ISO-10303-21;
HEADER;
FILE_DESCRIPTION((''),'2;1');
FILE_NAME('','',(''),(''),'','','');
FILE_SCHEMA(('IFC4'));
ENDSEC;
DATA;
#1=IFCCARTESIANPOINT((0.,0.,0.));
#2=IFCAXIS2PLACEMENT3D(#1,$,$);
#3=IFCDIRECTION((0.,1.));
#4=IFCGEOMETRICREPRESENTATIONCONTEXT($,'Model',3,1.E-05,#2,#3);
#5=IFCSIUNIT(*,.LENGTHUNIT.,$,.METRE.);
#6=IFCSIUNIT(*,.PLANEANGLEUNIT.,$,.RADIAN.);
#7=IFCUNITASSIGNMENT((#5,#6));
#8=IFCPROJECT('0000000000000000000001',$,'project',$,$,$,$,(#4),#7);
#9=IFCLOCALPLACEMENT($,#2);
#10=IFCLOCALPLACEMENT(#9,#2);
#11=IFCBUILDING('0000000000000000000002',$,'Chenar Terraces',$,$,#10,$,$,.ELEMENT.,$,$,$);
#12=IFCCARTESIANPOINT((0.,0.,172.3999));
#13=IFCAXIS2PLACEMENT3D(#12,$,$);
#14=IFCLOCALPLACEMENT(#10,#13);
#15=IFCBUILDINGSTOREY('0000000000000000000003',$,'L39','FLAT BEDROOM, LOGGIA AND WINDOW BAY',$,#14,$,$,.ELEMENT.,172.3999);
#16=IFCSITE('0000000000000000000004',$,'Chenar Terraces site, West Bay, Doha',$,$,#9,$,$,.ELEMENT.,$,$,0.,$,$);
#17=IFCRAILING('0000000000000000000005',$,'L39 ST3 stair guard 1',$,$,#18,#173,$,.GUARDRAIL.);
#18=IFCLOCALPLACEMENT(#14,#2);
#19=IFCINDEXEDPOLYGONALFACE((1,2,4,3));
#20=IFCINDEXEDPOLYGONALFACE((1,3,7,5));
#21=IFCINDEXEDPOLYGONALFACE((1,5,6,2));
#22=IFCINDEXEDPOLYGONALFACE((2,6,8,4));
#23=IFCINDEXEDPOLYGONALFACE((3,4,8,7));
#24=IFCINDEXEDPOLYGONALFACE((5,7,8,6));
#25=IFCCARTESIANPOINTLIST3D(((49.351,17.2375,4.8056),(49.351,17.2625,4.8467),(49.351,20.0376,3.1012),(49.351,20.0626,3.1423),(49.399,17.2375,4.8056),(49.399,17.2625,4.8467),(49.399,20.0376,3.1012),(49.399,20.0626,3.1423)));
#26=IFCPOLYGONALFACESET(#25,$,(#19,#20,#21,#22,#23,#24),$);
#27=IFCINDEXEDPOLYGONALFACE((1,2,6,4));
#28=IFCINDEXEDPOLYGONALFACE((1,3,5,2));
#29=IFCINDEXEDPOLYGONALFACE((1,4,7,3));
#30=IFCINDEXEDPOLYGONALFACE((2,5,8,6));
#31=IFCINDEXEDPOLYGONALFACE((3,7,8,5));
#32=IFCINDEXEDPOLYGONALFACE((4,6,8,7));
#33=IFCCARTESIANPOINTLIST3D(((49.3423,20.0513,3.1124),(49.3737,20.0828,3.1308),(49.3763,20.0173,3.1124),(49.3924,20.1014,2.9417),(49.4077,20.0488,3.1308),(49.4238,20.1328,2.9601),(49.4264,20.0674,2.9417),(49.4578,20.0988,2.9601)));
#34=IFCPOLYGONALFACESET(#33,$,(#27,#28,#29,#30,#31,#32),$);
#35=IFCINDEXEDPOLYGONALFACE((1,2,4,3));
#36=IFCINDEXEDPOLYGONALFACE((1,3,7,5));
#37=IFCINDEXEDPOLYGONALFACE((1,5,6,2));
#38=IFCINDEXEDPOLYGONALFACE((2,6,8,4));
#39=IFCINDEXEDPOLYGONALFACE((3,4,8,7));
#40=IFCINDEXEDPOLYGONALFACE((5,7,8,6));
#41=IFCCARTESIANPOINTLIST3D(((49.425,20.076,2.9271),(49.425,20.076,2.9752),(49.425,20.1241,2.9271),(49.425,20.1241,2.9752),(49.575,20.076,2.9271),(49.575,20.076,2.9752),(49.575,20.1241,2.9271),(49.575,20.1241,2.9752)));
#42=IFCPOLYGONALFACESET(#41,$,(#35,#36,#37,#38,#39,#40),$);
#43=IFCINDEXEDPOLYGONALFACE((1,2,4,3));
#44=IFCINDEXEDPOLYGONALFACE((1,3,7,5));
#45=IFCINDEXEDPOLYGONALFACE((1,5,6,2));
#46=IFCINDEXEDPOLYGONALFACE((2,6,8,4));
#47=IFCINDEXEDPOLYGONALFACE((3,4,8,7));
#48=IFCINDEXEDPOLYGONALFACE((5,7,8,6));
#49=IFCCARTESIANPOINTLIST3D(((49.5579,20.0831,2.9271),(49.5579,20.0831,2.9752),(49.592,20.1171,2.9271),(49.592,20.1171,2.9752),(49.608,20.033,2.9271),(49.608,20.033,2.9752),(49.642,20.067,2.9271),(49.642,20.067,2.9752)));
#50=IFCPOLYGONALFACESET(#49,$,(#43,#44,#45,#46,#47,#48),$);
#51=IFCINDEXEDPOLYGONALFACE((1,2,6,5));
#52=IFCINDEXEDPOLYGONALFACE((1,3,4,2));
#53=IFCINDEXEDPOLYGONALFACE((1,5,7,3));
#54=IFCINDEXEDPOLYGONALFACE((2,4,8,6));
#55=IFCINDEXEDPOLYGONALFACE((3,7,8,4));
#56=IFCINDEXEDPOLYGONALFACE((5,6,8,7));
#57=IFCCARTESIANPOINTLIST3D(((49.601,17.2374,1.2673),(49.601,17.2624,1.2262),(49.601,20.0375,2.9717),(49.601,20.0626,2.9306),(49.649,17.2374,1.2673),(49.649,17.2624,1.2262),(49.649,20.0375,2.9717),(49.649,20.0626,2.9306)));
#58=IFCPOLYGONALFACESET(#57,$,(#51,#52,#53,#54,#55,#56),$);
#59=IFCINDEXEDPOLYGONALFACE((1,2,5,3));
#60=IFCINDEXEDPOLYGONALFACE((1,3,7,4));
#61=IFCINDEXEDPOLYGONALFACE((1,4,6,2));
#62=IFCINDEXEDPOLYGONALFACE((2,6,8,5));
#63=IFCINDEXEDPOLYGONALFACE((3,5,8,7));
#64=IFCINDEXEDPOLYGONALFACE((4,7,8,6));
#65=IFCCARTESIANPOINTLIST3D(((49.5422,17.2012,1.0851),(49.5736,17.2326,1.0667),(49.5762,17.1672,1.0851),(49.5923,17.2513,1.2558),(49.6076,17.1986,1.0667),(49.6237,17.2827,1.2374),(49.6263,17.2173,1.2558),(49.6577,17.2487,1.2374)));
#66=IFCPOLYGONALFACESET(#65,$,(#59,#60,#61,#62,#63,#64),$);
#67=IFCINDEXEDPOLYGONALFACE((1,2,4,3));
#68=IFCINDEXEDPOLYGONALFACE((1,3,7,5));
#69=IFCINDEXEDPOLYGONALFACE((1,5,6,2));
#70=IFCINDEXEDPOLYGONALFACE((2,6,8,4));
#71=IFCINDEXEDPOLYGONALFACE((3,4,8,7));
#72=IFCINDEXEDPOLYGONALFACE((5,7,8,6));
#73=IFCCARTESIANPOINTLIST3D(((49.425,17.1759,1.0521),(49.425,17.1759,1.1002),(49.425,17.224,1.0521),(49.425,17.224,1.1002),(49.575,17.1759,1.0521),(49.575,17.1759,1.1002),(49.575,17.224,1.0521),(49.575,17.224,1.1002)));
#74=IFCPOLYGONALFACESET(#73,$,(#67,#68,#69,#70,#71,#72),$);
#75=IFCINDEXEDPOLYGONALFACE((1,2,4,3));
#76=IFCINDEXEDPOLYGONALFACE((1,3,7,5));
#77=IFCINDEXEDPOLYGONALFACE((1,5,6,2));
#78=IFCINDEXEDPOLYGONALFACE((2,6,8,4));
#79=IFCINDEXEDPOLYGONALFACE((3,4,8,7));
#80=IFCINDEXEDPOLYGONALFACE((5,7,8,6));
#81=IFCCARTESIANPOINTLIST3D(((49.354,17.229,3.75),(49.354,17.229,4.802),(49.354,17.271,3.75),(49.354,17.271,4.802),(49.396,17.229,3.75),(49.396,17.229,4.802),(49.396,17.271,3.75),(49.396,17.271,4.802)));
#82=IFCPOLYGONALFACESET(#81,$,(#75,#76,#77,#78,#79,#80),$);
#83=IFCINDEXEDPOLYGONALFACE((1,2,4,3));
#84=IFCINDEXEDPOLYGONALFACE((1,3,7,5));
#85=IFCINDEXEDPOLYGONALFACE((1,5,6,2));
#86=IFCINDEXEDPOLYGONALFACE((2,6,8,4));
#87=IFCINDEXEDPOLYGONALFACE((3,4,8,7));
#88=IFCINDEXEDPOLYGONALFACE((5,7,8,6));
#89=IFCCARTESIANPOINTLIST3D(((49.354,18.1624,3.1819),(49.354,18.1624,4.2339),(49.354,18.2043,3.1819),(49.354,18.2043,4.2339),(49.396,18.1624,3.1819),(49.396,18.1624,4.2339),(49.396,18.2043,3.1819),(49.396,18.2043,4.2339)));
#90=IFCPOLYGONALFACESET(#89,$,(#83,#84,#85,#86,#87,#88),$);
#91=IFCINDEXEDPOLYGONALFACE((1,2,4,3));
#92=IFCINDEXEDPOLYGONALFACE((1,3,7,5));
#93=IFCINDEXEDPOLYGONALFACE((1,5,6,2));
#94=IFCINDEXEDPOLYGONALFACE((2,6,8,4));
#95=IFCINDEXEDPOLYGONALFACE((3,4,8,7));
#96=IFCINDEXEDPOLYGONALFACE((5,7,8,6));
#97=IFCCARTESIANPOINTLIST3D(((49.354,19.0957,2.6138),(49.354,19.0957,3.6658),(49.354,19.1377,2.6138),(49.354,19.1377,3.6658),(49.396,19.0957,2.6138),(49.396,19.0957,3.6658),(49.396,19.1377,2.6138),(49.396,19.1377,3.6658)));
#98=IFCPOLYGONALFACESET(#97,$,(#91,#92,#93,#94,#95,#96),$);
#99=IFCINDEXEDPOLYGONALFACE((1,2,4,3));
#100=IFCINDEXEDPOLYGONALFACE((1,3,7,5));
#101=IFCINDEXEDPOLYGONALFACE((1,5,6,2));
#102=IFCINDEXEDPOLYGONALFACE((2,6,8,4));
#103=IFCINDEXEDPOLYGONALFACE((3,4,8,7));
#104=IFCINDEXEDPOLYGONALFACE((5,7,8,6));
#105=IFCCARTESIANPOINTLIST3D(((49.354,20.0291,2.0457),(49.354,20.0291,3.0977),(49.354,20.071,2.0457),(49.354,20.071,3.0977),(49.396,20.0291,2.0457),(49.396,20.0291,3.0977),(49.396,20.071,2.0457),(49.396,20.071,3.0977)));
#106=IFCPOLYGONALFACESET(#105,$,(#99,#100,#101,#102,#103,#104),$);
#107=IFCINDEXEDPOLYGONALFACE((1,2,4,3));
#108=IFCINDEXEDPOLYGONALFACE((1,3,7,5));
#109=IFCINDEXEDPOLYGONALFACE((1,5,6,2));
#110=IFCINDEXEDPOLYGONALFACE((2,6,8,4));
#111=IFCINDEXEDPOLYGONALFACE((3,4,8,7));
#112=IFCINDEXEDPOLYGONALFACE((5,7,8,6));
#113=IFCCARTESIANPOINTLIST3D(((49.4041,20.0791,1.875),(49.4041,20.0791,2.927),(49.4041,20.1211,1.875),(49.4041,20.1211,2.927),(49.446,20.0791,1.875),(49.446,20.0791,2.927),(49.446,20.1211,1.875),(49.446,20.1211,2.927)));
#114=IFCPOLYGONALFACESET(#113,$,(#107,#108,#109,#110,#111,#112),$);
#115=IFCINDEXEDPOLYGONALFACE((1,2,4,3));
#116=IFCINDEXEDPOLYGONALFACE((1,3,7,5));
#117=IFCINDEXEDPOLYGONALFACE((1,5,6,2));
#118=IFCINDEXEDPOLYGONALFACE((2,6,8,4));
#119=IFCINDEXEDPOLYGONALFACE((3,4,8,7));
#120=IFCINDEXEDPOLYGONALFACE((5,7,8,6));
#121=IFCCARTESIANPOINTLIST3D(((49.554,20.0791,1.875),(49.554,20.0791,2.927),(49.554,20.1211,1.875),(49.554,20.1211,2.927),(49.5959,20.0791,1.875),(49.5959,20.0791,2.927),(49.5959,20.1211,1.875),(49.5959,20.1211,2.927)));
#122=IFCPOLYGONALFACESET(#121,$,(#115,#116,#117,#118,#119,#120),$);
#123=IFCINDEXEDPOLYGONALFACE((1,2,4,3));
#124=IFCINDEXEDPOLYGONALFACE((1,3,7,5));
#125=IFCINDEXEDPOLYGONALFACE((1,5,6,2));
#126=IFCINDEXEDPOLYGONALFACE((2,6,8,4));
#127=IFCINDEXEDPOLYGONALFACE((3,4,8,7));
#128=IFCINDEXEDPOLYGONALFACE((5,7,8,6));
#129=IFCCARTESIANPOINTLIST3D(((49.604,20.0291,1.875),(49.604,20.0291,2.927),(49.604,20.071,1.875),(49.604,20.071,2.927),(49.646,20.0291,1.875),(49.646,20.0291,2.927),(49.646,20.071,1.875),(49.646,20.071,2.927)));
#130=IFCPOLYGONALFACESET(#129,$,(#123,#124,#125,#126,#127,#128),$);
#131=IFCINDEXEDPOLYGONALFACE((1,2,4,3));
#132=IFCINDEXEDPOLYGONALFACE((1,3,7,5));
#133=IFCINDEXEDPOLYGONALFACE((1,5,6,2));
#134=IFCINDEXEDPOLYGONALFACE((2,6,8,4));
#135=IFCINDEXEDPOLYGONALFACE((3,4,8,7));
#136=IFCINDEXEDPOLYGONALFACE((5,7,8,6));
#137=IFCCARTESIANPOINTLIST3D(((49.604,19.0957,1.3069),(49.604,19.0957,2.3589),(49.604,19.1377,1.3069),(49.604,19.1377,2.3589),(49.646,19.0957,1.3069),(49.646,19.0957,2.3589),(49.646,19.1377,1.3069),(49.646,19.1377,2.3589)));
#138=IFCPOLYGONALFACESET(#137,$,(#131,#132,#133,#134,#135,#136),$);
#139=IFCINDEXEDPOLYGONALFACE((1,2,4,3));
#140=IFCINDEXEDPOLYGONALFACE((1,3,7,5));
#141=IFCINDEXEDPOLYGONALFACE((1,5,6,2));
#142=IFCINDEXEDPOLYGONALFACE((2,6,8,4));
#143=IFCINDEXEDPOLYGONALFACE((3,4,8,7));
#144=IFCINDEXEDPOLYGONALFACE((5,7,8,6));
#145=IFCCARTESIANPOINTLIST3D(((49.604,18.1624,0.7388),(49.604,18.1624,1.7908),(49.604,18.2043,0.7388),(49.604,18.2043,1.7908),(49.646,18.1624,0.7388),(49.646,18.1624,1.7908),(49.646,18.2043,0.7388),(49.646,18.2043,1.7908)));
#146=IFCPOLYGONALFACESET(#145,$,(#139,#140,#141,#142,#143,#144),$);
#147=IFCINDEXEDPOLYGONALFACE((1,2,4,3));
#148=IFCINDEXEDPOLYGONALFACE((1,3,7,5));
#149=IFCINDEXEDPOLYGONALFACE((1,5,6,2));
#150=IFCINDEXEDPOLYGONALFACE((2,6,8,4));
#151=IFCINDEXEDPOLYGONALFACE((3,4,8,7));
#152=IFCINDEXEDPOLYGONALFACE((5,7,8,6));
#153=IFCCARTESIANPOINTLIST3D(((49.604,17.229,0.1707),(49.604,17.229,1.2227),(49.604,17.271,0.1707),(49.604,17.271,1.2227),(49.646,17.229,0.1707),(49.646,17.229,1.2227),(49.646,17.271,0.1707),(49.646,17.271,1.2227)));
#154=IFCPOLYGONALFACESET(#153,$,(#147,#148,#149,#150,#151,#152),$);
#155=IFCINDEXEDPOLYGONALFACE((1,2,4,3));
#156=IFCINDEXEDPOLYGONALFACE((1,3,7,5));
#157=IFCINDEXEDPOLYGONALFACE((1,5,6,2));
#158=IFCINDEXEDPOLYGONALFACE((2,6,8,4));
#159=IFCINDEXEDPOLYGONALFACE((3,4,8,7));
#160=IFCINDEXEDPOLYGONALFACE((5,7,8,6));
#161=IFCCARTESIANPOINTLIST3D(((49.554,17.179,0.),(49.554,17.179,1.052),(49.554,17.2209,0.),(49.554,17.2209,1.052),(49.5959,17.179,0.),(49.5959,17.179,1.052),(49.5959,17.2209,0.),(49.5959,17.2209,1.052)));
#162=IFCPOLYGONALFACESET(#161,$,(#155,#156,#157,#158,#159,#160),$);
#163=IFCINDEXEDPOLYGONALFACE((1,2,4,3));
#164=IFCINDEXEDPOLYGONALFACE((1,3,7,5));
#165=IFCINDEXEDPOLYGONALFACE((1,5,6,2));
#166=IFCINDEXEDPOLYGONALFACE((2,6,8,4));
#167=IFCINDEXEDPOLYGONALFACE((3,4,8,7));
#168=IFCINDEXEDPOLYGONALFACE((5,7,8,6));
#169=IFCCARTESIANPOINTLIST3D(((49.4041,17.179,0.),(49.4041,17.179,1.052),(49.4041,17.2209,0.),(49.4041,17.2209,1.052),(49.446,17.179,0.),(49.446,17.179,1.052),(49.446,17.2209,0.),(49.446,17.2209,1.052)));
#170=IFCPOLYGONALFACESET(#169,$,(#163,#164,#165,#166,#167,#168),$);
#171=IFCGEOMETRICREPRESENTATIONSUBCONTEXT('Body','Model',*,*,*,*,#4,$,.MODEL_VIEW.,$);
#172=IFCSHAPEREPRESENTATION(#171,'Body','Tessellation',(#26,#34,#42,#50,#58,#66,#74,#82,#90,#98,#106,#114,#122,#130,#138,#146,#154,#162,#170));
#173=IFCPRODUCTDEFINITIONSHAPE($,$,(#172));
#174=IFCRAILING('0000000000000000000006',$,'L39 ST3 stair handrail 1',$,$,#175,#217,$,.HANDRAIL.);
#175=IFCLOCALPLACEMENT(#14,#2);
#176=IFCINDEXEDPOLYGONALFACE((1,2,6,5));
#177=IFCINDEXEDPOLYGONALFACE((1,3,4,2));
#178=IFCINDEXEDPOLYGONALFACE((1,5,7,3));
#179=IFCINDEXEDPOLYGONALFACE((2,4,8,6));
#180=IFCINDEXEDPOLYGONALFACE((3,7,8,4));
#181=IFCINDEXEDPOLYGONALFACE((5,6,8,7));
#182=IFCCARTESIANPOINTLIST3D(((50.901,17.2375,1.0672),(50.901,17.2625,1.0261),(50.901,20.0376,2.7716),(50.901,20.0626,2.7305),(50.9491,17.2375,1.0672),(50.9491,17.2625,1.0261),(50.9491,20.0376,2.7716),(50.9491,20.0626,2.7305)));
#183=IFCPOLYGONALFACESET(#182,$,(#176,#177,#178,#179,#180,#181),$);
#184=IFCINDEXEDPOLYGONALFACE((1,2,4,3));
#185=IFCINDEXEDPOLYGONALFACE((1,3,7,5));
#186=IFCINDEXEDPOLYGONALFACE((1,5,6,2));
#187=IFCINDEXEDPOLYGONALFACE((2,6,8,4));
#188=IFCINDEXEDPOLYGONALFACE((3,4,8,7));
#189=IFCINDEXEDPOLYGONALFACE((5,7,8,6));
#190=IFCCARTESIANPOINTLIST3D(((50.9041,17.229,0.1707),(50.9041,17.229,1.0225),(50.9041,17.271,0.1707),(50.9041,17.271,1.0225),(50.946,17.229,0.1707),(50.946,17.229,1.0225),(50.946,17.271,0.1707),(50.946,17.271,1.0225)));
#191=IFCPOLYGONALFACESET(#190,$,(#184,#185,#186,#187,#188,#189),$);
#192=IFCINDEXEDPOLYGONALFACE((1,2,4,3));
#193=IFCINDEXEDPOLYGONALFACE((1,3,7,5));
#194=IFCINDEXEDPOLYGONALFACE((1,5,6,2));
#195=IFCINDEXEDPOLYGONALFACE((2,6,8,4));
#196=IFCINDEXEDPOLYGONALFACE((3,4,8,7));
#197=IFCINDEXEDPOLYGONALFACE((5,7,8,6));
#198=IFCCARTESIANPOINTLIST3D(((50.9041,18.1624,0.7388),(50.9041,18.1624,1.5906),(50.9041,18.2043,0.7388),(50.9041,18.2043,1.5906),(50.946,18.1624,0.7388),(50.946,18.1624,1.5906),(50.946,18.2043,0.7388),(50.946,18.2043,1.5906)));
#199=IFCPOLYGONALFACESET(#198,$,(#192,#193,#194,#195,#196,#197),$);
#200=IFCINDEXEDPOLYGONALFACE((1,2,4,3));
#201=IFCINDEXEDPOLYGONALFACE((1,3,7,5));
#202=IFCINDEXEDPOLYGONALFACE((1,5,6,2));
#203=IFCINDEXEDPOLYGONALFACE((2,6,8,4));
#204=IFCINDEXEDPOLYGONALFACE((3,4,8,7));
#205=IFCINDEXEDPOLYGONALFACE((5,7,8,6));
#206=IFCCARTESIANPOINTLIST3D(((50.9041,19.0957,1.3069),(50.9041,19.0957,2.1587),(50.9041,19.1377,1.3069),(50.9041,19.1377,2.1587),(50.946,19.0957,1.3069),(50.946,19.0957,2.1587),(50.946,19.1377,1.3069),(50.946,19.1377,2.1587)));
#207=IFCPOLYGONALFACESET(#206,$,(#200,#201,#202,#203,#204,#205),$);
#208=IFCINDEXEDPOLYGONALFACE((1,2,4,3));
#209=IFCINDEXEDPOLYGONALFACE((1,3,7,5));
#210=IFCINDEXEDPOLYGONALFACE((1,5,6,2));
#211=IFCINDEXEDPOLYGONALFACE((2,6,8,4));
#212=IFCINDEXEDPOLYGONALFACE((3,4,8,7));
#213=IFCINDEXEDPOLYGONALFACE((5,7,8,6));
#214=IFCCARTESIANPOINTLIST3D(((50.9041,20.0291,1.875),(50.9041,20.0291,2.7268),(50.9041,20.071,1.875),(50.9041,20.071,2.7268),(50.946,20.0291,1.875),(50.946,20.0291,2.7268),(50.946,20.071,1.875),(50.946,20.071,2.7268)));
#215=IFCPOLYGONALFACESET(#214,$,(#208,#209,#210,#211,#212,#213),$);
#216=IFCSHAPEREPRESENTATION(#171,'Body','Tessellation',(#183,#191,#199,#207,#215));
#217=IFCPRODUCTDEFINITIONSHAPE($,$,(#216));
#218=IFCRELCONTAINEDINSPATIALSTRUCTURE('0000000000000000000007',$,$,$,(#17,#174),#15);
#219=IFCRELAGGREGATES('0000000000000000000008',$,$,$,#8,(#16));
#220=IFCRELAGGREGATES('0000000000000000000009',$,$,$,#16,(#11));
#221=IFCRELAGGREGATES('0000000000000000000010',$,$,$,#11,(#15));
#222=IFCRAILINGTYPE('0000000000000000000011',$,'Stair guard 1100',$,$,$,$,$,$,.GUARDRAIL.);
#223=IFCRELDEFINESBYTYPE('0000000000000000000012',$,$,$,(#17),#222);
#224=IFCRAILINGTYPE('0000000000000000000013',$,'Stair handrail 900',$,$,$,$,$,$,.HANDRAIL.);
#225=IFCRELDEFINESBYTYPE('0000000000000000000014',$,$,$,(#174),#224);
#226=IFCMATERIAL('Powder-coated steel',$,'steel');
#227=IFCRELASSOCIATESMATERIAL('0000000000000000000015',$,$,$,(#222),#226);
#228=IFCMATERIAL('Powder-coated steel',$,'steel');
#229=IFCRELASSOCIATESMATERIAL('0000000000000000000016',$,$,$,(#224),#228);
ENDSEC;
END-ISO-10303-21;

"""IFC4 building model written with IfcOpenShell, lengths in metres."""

from ifc_helpers import new_model, si_unit, direction, frame, origin, origin_2d, place, context, subcontext, project, spatial, rectangle, extrude, material, type_object, element, save


model = new_model("IFC4")

# Units and contexts
model_context = context("Model", 3, precision=1e-05, world=origin(), true_north=direction((0.0, 1.0)))
body_context = subcontext(model_context, "Body", "Model", "MODEL_VIEW")
ifc_project = project(units=[si_unit("LENGTHUNIT", "METRE"), si_unit("PLANEANGLEUNIT", "RADIAN")], contexts=[model_context])

# Site, building, storey
site_placement = place(None, origin())
site = spatial("IfcSite", under=ifc_project, at=site_placement, Name="Chenar Terraces site, West Bay, Doha", CompositionType="ELEMENT", RefElevation=0.0)
building_placement = place(site_placement, origin())
building = spatial("IfcBuilding", under=site, at=building_placement, Name="Chenar Terraces", CompositionType="ELEMENT")
storey_placement = place(building_placement, frame((0.0, 0.0, 172.3999)))
storey = spatial("IfcBuildingStorey", under=building, at=storey_placement, Name="L39", Description="FLAT BEDROOM, LOGGIA AND WINDOW BAY", CompositionType="ELEMENT", Elevation=172.3999)

# Railings
ifc_material_1 = material(Name="Powder-coated steel", Category="steel")
railing_type_1 = type_object("IfcRailingType", Name="Stair guard 1100", PredefinedType="GUARDRAIL", material=ifc_material_1)
railing_1_placement = place(storey_placement, frame((49.375, 17.25, 3.75)))
element("IfcRailing", 1, at=railing_1_placement, inside=storey, type_object=railing_type_1, Name="L39 ST3 stair guard 1", PredefinedType="GUARDRAIL", context=body_context, shape_type="SweptSolid", body=[
    extrude(rectangle(XDim=0.0481, YDim=0.0481, at=origin_2d()), frame((0.0, 0.0, 1.0762), z_axis=(0.0, 0.854203, -0.51994), x_axis=(-1.0, 0.0, 0.0)), (0.0, 0.0, 1.0), 3.2781),
    extrude(rectangle(XDim=0.0481, YDim=0.0481, at=origin_2d()), frame((0.0, 2.8, -0.6284), z_axis=(0.2709, 0.2709, -0.923703), x_axis=(-0.707107, 0.707107, 0.0)), (0.0, 0.0, 1.0), 0.1848),
    extrude(rectangle(XDim=0.0481, YDim=0.0481, at=origin_2d()), frame((0.05, 2.8501, -0.7988), z_axis=(1.0, 0.0, 0.0), x_axis=(0.0, 1.0, 0.0)), (0.0, 0.0, 1.0), 0.1499),
    extrude(rectangle(XDim=0.0481, YDim=0.0481, at=origin_2d()), frame((0.2, 2.8501, -0.7988), z_axis=(0.707107, -0.707107, 0.0), x_axis=(0.707107, 0.707107, 0.0)), (0.0, 0.0, 1.0), 0.0708),
    extrude(rectangle(XDim=0.0481, YDim=0.0481, at=origin_2d()), frame((0.25, 2.8, -0.7988), z_axis=(0.0, -0.854203, -0.51994), x_axis=(1.0, 0.0, 0.0)), (0.0, 0.0, 1.0), 3.2781),
    extrude(rectangle(XDim=0.0481, YDim=0.0481, at=origin_2d()), frame((0.25, 0.0, -2.5034), z_axis=(-0.2709, -0.2709, -0.923703), x_axis=(0.707107, -0.707107, 0.0)), (0.0, 0.0, 1.0), 0.1848),
    extrude(rectangle(XDim=0.0481, YDim=0.0481, at=origin_2d()), frame((0.2, -0.05, -2.6738), z_axis=(-1.0, 0.0, 0.0), x_axis=(0.0, -1.0, 0.0)), (0.0, 0.0, 1.0), 0.1499),
    extrude(rectangle(XDim=0.042, YDim=0.042, at=origin_2d()), origin(), (0.0, 0.0, 1.0), 1.052),
    extrude(rectangle(XDim=0.042, YDim=0.042, at=origin_2d()), frame((0.0, 0.9333, -0.5681)), (0.0, 0.0, 1.0), 1.052),
    extrude(rectangle(XDim=0.042, YDim=0.042, at=origin_2d()), frame((0.0, 1.8667, -1.1362)), (0.0, 0.0, 1.0), 1.052),
    extrude(rectangle(XDim=0.042, YDim=0.042, at=origin_2d()), frame((0.0, 2.8, -1.7043)), (0.0, 0.0, 1.0), 1.052),
    extrude(rectangle(XDim=0.042, YDim=0.042, at=origin_2d()), frame((0.05, 2.8501, -1.875)), (0.0, 0.0, 1.0), 1.052),
    extrude(rectangle(XDim=0.042, YDim=0.042, at=origin_2d()), frame((0.2, 2.8501, -1.875)), (0.0, 0.0, 1.0), 1.052),
    extrude(rectangle(XDim=0.042, YDim=0.042, at=origin_2d()), frame((0.25, 2.8, -1.875)), (0.0, 0.0, 1.0), 1.052),
    extrude(rectangle(XDim=0.042, YDim=0.042, at=origin_2d()), frame((0.25, 1.8667, -2.4431)), (0.0, 0.0, 1.0), 1.052),
    extrude(rectangle(XDim=0.042, YDim=0.042, at=origin_2d()), frame((0.25, 0.9333, -3.0112)), (0.0, 0.0, 1.0), 1.052),
    extrude(rectangle(XDim=0.042, YDim=0.042, at=origin_2d()), frame((0.25, 0.0, -3.5793)), (0.0, 0.0, 1.0), 1.052),
    extrude(rectangle(XDim=0.042, YDim=0.042, at=origin_2d()), frame((0.2, -0.05, -3.75)), (0.0, 0.0, 1.0), 1.052),
    extrude(rectangle(XDim=0.042, YDim=0.042, at=origin_2d()), frame((0.05, -0.05, -3.75)), (0.0, 0.0, 1.0), 1.052),
])
ifc_material_2 = material(Name="Powder-coated steel", Category="steel")
railing_type_2 = type_object("IfcRailingType", Name="Stair handrail 900", PredefinedType="HANDRAIL", material=ifc_material_2)
railing_2_placement = place(storey_placement, frame((50.925, 17.25, 0.1707)))
element("IfcRailing", 2, at=railing_2_placement, inside=storey, type_object=railing_type_2, Name="L39 ST3 stair handrail 1", PredefinedType="HANDRAIL", context=body_context, shape_type="SweptSolid", body=[
    extrude(rectangle(XDim=0.0481, YDim=0.0481, at=origin_2d()), frame((0.0, 0.0, 0.876), z_axis=(0.0, 0.854203, 0.51994), x_axis=(-1.0, 0.0, 0.0)), (0.0, 0.0, 1.0), 3.2781),
    extrude(rectangle(XDim=0.042, YDim=0.042, at=origin_2d()), origin(), (0.0, 0.0, 1.0), 0.8518),
    extrude(rectangle(XDim=0.042, YDim=0.042, at=origin_2d()), frame((0.0, 0.9333, 0.5681)), (0.0, 0.0, 1.0), 0.8518),
    extrude(rectangle(XDim=0.042, YDim=0.042, at=origin_2d()), frame((0.0, 1.8667, 1.1362)), (0.0, 0.0, 1.0), 0.8518),
    extrude(rectangle(XDim=0.042, YDim=0.042, at=origin_2d()), frame((0.0, 2.8, 1.7043)), (0.0, 0.0, 1.0), 0.8518),
])

save(model, "model.ifc")
